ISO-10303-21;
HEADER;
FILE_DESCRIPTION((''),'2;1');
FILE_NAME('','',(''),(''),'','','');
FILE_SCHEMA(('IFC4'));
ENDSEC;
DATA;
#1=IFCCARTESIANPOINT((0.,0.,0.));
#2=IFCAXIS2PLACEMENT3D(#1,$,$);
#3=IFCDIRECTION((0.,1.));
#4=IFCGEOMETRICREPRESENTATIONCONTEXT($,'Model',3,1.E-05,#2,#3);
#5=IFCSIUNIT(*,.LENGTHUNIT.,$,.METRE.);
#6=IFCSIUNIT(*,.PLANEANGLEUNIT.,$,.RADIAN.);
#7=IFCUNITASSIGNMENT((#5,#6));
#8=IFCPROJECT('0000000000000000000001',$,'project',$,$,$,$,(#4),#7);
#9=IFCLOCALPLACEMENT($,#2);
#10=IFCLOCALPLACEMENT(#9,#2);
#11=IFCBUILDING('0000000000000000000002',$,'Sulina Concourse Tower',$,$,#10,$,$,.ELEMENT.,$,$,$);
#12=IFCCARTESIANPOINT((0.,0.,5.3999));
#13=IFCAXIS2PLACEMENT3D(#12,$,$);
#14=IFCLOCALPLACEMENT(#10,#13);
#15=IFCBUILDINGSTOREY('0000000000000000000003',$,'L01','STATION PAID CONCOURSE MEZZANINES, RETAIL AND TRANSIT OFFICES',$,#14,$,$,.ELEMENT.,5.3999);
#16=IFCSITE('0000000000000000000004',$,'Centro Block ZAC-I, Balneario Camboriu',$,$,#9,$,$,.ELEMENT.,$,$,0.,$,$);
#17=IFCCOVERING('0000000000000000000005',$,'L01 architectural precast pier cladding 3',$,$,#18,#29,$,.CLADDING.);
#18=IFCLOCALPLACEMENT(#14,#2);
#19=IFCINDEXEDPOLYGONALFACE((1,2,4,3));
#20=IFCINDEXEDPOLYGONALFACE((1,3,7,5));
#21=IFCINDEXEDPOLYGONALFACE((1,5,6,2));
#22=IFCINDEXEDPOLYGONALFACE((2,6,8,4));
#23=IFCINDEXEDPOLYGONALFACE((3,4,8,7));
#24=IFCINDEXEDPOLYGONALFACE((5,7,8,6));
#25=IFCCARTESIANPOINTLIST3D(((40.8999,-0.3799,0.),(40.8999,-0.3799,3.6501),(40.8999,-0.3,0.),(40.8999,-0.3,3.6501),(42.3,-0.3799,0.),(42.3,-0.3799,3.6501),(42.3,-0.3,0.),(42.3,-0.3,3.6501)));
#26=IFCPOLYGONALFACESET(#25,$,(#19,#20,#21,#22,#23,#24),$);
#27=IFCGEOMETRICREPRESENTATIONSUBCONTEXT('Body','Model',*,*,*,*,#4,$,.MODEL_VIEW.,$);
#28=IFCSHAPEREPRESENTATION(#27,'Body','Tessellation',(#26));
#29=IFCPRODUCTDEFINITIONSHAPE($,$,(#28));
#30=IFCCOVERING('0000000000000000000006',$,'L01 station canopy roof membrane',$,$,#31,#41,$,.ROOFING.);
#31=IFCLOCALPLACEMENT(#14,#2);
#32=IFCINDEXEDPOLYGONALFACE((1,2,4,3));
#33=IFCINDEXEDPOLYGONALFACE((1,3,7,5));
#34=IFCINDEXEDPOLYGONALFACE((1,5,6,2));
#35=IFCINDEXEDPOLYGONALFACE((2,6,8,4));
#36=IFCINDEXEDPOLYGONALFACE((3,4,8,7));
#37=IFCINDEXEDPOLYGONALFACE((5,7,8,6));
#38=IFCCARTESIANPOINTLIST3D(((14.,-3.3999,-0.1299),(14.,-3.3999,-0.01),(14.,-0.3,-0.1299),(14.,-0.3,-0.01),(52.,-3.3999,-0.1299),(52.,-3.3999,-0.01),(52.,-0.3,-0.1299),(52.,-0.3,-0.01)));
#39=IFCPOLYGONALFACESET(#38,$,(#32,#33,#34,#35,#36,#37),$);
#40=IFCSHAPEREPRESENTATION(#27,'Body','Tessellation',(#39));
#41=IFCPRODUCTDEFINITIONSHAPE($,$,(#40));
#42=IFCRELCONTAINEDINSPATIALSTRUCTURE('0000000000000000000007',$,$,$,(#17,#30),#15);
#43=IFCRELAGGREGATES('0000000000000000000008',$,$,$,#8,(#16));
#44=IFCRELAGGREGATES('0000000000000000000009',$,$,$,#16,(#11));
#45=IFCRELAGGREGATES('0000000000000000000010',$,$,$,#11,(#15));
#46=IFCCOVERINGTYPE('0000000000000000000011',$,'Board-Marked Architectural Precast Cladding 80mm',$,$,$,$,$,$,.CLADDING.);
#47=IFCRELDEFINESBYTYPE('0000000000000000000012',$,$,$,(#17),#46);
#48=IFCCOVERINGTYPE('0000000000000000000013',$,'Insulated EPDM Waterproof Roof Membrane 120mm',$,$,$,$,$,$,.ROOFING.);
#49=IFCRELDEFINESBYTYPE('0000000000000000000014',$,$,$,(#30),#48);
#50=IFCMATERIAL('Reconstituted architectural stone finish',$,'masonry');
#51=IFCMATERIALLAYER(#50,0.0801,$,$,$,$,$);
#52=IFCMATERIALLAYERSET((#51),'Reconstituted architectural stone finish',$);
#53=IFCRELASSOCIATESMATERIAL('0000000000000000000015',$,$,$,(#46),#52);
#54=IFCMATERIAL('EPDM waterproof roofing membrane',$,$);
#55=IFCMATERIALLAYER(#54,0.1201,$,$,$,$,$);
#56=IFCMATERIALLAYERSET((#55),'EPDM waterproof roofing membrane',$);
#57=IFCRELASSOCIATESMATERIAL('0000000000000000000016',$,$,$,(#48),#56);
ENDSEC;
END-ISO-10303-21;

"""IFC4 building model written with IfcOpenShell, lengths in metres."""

from ifc_helpers import new_model, si_unit, direction, frame, origin, place, context, subcontext, project, spatial, polyline, outline, extrude, material, layer, layer_set, type_object, element, save


model = new_model("IFC4")

# Units and contexts
model_context = context("Model", 3, precision=1e-05, world=origin(), true_north=direction((0.0, 1.0)))
body_context = subcontext(model_context, "Body", "Model", "MODEL_VIEW")
ifc_project = project(units=[si_unit("LENGTHUNIT", "METRE"), si_unit("PLANEANGLEUNIT", "RADIAN")], contexts=[model_context])

# Site, building, storey
site_placement = place(None, origin())
site = spatial("IfcSite", under=ifc_project, at=site_placement, Name="Centro Block ZAC-I, Balneario Camboriu", CompositionType="ELEMENT", RefElevation=0.0)
building_placement = place(site_placement, origin())
building = spatial("IfcBuilding", under=site, at=building_placement, Name="Sulina Concourse Tower", CompositionType="ELEMENT")
storey_placement = place(building_placement, frame((0.0, 0.0, 5.3999)))
storey = spatial("IfcBuildingStorey", under=building, at=storey_placement, Name="L01", Description="STATION PAID CONCOURSE MEZZANINES, RETAIL AND TRANSIT OFFICES", CompositionType="ELEMENT", Elevation=5.3999)

# Coverings
ifc_material_1 = material(Name="Reconstituted architectural stone finish", Category="masonry")
ifc_layer_1 = layer(ifc_material_1, 0.0801)
ifc_layer_set_1 = layer_set([ifc_layer_1], Name="Reconstituted architectural stone finish")
covering_type_1 = type_object("IfcCoveringType", Name="Board-Marked Architectural Precast Cladding 80mm", PredefinedType="CLADDING", material=ifc_layer_set_1)
covering_1_placement = place(storey_placement, origin())
element("IfcCovering", 1, at=covering_1_placement, inside=storey, type_object=covering_type_1, Name="L01 architectural precast pier cladding 3", PredefinedType="CLADDING", context=body_context, shape_type="SweptSolid", body=[
    extrude(outline(polyline([(40.8999, -0.3799), (42.3, -0.3799), (42.3, -0.3), (40.8999, -0.3), (40.8999, -0.3799)])), origin(), (0.0, 0.0, 1.0), 3.6501),
])
ifc_material_2 = material(Name="EPDM waterproof roofing membrane")
ifc_layer_2 = layer(ifc_material_2, 0.1201)
ifc_layer_set_2 = layer_set([ifc_layer_2], Name="EPDM waterproof roofing membrane")
covering_type_2 = type_object("IfcCoveringType", Name="Insulated EPDM Waterproof Roof Membrane 120mm", PredefinedType="ROOFING", material=ifc_layer_set_2)
covering_2_placement = place(storey_placement, frame((0.0, 0.0, -0.1299)))
element("IfcCovering", 2, at=covering_2_placement, inside=storey, type_object=covering_type_2, Name="L01 station canopy roof membrane", PredefinedType="ROOFING", context=body_context, shape_type="SweptSolid", body=[
    extrude(outline(polyline([(14.0, -3.3999), (52.0, -3.3999), (52.0, -0.3), (14.0, -0.3), (14.0, -3.3999)])), origin(), (0.0, 0.0, 1.0), 0.1199),
])

save(model, "model.ifc")
